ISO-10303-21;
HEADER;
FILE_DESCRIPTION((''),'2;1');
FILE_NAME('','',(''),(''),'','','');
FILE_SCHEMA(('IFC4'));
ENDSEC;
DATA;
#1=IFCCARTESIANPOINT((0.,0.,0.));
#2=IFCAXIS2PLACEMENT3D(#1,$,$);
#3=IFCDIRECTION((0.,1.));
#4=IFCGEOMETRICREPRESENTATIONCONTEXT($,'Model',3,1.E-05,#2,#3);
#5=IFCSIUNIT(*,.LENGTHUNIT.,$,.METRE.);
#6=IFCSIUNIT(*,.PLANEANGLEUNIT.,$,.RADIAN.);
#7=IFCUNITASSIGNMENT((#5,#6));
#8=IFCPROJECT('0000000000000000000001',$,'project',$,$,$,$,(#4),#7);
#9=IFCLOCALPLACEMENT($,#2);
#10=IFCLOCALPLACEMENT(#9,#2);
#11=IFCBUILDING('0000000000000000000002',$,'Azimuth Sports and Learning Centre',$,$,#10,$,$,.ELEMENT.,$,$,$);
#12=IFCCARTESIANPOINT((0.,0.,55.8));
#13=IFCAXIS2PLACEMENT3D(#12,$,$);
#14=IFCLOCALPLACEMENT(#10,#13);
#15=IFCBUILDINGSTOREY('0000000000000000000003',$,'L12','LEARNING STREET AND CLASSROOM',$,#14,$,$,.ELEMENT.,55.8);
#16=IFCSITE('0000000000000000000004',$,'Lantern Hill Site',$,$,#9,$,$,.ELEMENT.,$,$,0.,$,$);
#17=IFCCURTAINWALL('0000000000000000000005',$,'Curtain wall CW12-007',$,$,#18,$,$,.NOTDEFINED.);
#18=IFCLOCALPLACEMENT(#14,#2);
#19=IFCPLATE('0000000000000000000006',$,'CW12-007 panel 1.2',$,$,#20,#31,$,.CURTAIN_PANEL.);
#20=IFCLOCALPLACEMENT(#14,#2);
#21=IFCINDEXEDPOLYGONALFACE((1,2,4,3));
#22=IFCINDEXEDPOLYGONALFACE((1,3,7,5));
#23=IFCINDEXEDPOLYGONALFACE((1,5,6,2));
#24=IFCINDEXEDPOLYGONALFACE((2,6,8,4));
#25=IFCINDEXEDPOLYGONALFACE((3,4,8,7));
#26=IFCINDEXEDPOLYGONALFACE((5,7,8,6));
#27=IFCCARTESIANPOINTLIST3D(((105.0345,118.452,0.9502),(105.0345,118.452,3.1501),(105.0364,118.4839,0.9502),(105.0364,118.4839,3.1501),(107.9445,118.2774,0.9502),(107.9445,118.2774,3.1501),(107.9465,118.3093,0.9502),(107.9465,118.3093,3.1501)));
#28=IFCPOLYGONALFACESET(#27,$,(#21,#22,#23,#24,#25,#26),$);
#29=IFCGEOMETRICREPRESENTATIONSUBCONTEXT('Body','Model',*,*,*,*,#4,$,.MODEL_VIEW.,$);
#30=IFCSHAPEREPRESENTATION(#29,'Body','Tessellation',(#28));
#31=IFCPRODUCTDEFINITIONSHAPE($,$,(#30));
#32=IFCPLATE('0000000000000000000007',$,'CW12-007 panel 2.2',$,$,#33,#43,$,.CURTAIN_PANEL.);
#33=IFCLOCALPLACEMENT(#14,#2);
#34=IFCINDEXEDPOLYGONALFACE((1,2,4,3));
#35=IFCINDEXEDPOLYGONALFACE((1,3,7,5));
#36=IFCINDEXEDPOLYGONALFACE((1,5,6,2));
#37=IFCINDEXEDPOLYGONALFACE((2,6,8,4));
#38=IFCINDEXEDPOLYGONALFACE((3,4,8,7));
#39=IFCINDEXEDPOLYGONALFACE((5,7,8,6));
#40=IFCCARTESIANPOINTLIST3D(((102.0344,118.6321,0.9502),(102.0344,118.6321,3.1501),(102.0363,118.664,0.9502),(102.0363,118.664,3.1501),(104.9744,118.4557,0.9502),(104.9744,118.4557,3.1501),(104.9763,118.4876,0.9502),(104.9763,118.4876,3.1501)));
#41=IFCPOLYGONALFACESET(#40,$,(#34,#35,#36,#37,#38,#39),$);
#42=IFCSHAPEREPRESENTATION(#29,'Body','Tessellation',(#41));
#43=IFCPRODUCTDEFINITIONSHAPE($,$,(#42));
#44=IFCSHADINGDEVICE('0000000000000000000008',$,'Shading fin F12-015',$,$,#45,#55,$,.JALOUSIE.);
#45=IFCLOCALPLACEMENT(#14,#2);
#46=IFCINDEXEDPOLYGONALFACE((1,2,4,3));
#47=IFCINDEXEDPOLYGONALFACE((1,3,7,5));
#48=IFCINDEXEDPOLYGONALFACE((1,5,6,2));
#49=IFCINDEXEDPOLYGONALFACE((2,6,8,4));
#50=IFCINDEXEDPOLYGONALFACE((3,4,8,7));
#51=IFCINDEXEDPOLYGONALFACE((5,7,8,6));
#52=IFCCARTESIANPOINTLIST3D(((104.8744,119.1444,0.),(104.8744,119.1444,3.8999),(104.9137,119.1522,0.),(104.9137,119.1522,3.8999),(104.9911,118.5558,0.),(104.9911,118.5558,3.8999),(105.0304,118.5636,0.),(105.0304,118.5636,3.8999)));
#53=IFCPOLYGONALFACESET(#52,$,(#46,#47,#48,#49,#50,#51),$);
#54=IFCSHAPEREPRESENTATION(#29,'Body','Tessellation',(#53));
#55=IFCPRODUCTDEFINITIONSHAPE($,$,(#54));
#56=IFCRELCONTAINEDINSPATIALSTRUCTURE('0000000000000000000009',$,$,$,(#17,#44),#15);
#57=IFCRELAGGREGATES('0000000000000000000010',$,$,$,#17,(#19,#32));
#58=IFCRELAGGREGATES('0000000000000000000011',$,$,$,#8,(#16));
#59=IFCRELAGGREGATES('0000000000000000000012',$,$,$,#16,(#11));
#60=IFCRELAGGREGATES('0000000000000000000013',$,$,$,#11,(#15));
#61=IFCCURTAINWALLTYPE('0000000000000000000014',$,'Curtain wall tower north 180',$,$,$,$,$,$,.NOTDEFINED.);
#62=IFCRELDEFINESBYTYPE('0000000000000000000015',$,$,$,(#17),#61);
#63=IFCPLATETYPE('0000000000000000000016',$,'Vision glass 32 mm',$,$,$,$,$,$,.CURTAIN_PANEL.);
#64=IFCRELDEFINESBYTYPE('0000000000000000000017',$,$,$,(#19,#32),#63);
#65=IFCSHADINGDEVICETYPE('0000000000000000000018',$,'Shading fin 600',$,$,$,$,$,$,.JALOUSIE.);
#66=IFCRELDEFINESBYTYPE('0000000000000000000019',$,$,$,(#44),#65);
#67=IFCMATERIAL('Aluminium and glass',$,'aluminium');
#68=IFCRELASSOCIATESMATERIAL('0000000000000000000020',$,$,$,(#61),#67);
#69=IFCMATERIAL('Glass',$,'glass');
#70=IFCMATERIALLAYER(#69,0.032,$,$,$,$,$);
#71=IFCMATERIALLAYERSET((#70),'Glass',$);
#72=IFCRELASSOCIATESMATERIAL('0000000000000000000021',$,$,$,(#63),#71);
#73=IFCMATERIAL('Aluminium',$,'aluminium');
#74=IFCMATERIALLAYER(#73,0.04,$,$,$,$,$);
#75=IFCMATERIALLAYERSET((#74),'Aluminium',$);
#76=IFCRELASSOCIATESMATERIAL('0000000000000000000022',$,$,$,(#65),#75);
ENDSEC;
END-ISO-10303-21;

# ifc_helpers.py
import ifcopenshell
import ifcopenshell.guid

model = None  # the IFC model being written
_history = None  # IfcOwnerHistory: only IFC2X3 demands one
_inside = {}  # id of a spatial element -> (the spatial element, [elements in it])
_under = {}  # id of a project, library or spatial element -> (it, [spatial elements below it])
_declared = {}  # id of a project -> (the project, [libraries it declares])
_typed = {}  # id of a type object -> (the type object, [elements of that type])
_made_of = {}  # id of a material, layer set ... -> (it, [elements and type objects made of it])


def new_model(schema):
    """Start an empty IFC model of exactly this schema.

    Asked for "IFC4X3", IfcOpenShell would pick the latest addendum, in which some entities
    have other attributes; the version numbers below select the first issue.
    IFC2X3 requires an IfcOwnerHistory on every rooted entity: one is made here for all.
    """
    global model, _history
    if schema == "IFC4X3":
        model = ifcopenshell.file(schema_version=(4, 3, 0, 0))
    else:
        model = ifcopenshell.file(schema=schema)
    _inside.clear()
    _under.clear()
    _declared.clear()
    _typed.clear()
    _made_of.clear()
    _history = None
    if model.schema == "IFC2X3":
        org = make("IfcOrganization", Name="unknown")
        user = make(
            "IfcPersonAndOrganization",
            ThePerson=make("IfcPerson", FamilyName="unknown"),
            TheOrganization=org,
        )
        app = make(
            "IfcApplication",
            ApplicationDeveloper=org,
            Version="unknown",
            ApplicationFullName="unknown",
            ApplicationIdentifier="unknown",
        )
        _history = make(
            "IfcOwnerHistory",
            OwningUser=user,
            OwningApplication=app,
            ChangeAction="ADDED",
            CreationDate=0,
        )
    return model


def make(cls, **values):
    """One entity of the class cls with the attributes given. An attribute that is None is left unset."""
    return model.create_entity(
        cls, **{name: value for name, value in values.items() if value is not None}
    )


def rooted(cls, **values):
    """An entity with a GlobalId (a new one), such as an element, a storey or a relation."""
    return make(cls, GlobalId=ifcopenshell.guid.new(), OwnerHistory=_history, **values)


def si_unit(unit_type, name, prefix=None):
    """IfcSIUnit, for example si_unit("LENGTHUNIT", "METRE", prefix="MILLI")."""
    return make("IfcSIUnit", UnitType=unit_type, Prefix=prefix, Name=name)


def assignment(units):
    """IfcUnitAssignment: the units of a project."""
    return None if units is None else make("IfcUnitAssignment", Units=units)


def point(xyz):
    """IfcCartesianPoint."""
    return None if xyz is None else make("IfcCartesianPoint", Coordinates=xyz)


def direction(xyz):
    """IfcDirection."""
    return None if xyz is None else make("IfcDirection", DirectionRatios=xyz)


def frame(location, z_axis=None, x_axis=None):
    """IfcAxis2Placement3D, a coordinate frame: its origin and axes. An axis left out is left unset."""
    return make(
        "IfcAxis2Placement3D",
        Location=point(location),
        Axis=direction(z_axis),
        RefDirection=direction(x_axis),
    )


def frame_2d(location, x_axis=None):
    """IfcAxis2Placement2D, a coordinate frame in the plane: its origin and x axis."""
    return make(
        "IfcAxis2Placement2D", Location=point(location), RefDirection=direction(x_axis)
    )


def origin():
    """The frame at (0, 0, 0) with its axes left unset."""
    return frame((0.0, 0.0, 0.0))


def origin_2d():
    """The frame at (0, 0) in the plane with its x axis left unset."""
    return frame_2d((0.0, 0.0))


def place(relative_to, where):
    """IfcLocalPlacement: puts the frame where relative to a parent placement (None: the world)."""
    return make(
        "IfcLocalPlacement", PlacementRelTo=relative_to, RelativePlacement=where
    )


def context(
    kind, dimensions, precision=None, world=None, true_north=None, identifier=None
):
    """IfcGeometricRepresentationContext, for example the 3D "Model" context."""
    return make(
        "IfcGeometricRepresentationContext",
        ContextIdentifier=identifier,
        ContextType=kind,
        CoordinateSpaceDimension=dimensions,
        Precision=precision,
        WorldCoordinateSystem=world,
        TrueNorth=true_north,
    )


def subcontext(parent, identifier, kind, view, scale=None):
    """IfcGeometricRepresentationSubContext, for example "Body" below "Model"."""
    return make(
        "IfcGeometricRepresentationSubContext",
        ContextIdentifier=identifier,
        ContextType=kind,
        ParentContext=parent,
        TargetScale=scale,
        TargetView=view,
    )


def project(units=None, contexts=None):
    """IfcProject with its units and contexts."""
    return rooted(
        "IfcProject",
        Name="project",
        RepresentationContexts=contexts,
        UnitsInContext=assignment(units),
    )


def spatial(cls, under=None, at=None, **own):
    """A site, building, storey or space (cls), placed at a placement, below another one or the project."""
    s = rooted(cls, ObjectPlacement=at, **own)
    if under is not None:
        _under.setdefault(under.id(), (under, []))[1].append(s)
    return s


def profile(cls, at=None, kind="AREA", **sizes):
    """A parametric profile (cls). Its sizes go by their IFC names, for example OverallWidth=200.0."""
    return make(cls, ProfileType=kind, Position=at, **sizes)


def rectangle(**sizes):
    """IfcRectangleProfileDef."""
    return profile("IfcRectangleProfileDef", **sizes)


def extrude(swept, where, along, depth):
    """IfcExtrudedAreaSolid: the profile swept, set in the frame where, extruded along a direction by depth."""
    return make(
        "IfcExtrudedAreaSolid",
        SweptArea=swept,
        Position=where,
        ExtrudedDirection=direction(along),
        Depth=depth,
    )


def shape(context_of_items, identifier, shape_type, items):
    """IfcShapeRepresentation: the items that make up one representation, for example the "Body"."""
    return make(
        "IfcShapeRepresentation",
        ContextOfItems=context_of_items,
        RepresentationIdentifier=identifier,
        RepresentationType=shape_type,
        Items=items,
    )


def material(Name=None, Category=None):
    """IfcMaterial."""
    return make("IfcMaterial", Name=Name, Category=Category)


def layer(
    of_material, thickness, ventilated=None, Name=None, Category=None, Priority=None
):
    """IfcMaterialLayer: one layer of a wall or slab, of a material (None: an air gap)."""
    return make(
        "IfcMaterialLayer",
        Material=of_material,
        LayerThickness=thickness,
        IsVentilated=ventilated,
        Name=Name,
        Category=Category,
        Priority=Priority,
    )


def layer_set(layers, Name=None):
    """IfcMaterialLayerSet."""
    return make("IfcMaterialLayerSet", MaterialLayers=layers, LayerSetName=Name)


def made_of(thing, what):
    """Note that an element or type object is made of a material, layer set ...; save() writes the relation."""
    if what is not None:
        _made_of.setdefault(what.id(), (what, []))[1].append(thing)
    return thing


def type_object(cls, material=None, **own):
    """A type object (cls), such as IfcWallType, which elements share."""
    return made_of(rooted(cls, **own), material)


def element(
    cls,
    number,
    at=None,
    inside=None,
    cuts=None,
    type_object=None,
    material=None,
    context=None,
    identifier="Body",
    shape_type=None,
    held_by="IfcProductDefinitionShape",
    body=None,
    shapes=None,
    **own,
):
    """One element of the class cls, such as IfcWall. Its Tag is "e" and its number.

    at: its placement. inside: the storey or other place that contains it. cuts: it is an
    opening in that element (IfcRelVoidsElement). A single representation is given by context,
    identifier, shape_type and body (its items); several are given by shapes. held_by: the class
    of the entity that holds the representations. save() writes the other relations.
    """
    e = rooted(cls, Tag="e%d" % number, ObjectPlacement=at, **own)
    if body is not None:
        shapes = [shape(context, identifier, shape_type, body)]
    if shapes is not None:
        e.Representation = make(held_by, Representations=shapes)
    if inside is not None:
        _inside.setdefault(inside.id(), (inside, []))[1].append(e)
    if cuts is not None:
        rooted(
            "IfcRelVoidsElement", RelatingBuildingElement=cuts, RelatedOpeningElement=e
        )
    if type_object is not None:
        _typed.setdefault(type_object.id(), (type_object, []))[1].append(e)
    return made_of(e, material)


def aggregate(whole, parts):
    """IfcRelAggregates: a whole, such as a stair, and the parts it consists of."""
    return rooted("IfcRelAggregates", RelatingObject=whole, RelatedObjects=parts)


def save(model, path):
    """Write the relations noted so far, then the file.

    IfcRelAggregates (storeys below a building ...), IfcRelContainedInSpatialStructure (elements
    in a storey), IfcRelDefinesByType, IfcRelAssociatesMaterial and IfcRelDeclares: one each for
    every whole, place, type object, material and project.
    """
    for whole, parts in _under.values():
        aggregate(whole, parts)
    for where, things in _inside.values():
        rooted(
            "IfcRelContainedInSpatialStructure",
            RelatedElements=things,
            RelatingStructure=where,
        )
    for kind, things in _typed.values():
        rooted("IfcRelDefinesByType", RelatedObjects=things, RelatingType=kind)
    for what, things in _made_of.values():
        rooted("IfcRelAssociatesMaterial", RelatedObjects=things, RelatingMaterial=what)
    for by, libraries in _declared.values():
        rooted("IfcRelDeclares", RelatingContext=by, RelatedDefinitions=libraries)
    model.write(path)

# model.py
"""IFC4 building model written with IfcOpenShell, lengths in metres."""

from ifc_helpers import new_model, si_unit, direction, frame, origin, origin_2d, place, context, subcontext, project, spatial, rectangle, extrude, material, layer, layer_set, type_object, element, aggregate, save


model = new_model("IFC4")

# Units and contexts
model_context = context("Model", 3, precision=1e-05, world=origin(), true_north=direction((0.0, 1.0)))
body_context = subcontext(model_context, "Body", "Model", "MODEL_VIEW")
ifc_project = project(units=[si_unit("LENGTHUNIT", "METRE"), si_unit("PLANEANGLEUNIT", "RADIAN")], contexts=[model_context])

# Site, building, storey
site_placement = place(None, origin())
site = spatial("IfcSite", under=ifc_project, at=site_placement, Name="Lantern Hill Site", CompositionType="ELEMENT", RefElevation=0.0)
building_placement = place(site_placement, origin())
building = spatial("IfcBuilding", under=site, at=building_placement, Name="Azimuth Sports and Learning Centre", CompositionType="ELEMENT")
storey_placement = place(building_placement, frame((0.0, 0.0, 55.8)))
storey = spatial("IfcBuildingStorey", under=building, at=storey_placement, Name="L12", Description="LEARNING STREET AND CLASSROOM", CompositionType="ELEMENT", Elevation=55.8)

# Curtain wall, plates
ifc_material_1 = material(Name="Aluminium and glass", Category="aluminium")
curtain_wall_type = type_object("IfcCurtainWallType", Name="Curtain wall tower north 180", PredefinedType="NOTDEFINED", material=ifc_material_1)
curtain_wall_placement = place(storey_placement, origin())
curtain_wall = element("IfcCurtainWall", 1, at=curtain_wall_placement, inside=storey, type_object=curtain_wall_type, Name="Curtain wall CW12-007", PredefinedType="NOTDEFINED")
ifc_material_2 = material(Name="Glass", Category="glass")
ifc_layer_1 = layer(ifc_material_2, 0.032)
ifc_layer_set_1 = layer_set([ifc_layer_1], Name="Glass")
plate_type_1 = type_object("IfcPlateType", Name="Vision glass 32 mm", PredefinedType="CURTAIN_PANEL", material=ifc_layer_set_1)
plate_1_placement = place(storey_placement, frame((106.4905, 118.3806, 0.9502), z_axis=(0.0, 0.0, 1.0), x_axis=(-0.998205, 0.059892, 0.0)))
plate_1 = element("IfcPlate", 2, at=plate_1_placement, type_object=plate_type_1, Name="CW12-007 panel 1.2", PredefinedType="CURTAIN_PANEL", context=body_context, shape_type="SweptSolid", body=[
    extrude(rectangle(XDim=2.9153, YDim=0.032, at=origin_2d()), origin(), (0.0, 0.0, 1.0), 2.2),
])
plate_2_placement = place(storey_placement, frame((103.5054, 118.5598, 0.9502), z_axis=(0.0, 0.0, 1.0), x_axis=(-0.998205, 0.059892, 0.0)))
plate_2 = element("IfcPlate", 3, at=plate_2_placement, type_object=plate_type_1, Name="CW12-007 panel 2.2", PredefinedType="CURTAIN_PANEL", context=body_context, shape_type="SweptSolid", body=[
    extrude(rectangle(XDim=2.9453, YDim=0.032, at=origin_2d()), origin(), (0.0, 0.0, 1.0), 2.2),
])
aggregate(curtain_wall, [plate_1, plate_2])

# Shading device
ifc_material_3 = material(Name="Aluminium", Category="aluminium")
ifc_layer_2 = layer(ifc_material_3, 0.04)
ifc_layer_set_2 = layer_set([ifc_layer_2], Name="Aluminium")
shading_device_type = type_object("IfcShadingDeviceType", Name="Shading fin 600", PredefinedType="JALOUSIE", material=ifc_layer_set_2)
shading_device_placement = place(storey_placement, frame((104.9524, 118.854, 0.0), z_axis=(0.0, 0.0, 1.0), x_axis=(-0.194387, 0.980925, 0.0)))
element("IfcShadingDevice", 4, at=shading_device_placement, inside=storey, type_object=shading_device_type, Name="Shading fin F12-015", PredefinedType="JALOUSIE", context=body_context, shape_type="SweptSolid", body=[
    extrude(rectangle(XDim=0.6001, YDim=0.04, at=origin_2d()), origin(), (0.0, 0.0, 1.0), 3.8999),
])

save(model, "model.ifc")
